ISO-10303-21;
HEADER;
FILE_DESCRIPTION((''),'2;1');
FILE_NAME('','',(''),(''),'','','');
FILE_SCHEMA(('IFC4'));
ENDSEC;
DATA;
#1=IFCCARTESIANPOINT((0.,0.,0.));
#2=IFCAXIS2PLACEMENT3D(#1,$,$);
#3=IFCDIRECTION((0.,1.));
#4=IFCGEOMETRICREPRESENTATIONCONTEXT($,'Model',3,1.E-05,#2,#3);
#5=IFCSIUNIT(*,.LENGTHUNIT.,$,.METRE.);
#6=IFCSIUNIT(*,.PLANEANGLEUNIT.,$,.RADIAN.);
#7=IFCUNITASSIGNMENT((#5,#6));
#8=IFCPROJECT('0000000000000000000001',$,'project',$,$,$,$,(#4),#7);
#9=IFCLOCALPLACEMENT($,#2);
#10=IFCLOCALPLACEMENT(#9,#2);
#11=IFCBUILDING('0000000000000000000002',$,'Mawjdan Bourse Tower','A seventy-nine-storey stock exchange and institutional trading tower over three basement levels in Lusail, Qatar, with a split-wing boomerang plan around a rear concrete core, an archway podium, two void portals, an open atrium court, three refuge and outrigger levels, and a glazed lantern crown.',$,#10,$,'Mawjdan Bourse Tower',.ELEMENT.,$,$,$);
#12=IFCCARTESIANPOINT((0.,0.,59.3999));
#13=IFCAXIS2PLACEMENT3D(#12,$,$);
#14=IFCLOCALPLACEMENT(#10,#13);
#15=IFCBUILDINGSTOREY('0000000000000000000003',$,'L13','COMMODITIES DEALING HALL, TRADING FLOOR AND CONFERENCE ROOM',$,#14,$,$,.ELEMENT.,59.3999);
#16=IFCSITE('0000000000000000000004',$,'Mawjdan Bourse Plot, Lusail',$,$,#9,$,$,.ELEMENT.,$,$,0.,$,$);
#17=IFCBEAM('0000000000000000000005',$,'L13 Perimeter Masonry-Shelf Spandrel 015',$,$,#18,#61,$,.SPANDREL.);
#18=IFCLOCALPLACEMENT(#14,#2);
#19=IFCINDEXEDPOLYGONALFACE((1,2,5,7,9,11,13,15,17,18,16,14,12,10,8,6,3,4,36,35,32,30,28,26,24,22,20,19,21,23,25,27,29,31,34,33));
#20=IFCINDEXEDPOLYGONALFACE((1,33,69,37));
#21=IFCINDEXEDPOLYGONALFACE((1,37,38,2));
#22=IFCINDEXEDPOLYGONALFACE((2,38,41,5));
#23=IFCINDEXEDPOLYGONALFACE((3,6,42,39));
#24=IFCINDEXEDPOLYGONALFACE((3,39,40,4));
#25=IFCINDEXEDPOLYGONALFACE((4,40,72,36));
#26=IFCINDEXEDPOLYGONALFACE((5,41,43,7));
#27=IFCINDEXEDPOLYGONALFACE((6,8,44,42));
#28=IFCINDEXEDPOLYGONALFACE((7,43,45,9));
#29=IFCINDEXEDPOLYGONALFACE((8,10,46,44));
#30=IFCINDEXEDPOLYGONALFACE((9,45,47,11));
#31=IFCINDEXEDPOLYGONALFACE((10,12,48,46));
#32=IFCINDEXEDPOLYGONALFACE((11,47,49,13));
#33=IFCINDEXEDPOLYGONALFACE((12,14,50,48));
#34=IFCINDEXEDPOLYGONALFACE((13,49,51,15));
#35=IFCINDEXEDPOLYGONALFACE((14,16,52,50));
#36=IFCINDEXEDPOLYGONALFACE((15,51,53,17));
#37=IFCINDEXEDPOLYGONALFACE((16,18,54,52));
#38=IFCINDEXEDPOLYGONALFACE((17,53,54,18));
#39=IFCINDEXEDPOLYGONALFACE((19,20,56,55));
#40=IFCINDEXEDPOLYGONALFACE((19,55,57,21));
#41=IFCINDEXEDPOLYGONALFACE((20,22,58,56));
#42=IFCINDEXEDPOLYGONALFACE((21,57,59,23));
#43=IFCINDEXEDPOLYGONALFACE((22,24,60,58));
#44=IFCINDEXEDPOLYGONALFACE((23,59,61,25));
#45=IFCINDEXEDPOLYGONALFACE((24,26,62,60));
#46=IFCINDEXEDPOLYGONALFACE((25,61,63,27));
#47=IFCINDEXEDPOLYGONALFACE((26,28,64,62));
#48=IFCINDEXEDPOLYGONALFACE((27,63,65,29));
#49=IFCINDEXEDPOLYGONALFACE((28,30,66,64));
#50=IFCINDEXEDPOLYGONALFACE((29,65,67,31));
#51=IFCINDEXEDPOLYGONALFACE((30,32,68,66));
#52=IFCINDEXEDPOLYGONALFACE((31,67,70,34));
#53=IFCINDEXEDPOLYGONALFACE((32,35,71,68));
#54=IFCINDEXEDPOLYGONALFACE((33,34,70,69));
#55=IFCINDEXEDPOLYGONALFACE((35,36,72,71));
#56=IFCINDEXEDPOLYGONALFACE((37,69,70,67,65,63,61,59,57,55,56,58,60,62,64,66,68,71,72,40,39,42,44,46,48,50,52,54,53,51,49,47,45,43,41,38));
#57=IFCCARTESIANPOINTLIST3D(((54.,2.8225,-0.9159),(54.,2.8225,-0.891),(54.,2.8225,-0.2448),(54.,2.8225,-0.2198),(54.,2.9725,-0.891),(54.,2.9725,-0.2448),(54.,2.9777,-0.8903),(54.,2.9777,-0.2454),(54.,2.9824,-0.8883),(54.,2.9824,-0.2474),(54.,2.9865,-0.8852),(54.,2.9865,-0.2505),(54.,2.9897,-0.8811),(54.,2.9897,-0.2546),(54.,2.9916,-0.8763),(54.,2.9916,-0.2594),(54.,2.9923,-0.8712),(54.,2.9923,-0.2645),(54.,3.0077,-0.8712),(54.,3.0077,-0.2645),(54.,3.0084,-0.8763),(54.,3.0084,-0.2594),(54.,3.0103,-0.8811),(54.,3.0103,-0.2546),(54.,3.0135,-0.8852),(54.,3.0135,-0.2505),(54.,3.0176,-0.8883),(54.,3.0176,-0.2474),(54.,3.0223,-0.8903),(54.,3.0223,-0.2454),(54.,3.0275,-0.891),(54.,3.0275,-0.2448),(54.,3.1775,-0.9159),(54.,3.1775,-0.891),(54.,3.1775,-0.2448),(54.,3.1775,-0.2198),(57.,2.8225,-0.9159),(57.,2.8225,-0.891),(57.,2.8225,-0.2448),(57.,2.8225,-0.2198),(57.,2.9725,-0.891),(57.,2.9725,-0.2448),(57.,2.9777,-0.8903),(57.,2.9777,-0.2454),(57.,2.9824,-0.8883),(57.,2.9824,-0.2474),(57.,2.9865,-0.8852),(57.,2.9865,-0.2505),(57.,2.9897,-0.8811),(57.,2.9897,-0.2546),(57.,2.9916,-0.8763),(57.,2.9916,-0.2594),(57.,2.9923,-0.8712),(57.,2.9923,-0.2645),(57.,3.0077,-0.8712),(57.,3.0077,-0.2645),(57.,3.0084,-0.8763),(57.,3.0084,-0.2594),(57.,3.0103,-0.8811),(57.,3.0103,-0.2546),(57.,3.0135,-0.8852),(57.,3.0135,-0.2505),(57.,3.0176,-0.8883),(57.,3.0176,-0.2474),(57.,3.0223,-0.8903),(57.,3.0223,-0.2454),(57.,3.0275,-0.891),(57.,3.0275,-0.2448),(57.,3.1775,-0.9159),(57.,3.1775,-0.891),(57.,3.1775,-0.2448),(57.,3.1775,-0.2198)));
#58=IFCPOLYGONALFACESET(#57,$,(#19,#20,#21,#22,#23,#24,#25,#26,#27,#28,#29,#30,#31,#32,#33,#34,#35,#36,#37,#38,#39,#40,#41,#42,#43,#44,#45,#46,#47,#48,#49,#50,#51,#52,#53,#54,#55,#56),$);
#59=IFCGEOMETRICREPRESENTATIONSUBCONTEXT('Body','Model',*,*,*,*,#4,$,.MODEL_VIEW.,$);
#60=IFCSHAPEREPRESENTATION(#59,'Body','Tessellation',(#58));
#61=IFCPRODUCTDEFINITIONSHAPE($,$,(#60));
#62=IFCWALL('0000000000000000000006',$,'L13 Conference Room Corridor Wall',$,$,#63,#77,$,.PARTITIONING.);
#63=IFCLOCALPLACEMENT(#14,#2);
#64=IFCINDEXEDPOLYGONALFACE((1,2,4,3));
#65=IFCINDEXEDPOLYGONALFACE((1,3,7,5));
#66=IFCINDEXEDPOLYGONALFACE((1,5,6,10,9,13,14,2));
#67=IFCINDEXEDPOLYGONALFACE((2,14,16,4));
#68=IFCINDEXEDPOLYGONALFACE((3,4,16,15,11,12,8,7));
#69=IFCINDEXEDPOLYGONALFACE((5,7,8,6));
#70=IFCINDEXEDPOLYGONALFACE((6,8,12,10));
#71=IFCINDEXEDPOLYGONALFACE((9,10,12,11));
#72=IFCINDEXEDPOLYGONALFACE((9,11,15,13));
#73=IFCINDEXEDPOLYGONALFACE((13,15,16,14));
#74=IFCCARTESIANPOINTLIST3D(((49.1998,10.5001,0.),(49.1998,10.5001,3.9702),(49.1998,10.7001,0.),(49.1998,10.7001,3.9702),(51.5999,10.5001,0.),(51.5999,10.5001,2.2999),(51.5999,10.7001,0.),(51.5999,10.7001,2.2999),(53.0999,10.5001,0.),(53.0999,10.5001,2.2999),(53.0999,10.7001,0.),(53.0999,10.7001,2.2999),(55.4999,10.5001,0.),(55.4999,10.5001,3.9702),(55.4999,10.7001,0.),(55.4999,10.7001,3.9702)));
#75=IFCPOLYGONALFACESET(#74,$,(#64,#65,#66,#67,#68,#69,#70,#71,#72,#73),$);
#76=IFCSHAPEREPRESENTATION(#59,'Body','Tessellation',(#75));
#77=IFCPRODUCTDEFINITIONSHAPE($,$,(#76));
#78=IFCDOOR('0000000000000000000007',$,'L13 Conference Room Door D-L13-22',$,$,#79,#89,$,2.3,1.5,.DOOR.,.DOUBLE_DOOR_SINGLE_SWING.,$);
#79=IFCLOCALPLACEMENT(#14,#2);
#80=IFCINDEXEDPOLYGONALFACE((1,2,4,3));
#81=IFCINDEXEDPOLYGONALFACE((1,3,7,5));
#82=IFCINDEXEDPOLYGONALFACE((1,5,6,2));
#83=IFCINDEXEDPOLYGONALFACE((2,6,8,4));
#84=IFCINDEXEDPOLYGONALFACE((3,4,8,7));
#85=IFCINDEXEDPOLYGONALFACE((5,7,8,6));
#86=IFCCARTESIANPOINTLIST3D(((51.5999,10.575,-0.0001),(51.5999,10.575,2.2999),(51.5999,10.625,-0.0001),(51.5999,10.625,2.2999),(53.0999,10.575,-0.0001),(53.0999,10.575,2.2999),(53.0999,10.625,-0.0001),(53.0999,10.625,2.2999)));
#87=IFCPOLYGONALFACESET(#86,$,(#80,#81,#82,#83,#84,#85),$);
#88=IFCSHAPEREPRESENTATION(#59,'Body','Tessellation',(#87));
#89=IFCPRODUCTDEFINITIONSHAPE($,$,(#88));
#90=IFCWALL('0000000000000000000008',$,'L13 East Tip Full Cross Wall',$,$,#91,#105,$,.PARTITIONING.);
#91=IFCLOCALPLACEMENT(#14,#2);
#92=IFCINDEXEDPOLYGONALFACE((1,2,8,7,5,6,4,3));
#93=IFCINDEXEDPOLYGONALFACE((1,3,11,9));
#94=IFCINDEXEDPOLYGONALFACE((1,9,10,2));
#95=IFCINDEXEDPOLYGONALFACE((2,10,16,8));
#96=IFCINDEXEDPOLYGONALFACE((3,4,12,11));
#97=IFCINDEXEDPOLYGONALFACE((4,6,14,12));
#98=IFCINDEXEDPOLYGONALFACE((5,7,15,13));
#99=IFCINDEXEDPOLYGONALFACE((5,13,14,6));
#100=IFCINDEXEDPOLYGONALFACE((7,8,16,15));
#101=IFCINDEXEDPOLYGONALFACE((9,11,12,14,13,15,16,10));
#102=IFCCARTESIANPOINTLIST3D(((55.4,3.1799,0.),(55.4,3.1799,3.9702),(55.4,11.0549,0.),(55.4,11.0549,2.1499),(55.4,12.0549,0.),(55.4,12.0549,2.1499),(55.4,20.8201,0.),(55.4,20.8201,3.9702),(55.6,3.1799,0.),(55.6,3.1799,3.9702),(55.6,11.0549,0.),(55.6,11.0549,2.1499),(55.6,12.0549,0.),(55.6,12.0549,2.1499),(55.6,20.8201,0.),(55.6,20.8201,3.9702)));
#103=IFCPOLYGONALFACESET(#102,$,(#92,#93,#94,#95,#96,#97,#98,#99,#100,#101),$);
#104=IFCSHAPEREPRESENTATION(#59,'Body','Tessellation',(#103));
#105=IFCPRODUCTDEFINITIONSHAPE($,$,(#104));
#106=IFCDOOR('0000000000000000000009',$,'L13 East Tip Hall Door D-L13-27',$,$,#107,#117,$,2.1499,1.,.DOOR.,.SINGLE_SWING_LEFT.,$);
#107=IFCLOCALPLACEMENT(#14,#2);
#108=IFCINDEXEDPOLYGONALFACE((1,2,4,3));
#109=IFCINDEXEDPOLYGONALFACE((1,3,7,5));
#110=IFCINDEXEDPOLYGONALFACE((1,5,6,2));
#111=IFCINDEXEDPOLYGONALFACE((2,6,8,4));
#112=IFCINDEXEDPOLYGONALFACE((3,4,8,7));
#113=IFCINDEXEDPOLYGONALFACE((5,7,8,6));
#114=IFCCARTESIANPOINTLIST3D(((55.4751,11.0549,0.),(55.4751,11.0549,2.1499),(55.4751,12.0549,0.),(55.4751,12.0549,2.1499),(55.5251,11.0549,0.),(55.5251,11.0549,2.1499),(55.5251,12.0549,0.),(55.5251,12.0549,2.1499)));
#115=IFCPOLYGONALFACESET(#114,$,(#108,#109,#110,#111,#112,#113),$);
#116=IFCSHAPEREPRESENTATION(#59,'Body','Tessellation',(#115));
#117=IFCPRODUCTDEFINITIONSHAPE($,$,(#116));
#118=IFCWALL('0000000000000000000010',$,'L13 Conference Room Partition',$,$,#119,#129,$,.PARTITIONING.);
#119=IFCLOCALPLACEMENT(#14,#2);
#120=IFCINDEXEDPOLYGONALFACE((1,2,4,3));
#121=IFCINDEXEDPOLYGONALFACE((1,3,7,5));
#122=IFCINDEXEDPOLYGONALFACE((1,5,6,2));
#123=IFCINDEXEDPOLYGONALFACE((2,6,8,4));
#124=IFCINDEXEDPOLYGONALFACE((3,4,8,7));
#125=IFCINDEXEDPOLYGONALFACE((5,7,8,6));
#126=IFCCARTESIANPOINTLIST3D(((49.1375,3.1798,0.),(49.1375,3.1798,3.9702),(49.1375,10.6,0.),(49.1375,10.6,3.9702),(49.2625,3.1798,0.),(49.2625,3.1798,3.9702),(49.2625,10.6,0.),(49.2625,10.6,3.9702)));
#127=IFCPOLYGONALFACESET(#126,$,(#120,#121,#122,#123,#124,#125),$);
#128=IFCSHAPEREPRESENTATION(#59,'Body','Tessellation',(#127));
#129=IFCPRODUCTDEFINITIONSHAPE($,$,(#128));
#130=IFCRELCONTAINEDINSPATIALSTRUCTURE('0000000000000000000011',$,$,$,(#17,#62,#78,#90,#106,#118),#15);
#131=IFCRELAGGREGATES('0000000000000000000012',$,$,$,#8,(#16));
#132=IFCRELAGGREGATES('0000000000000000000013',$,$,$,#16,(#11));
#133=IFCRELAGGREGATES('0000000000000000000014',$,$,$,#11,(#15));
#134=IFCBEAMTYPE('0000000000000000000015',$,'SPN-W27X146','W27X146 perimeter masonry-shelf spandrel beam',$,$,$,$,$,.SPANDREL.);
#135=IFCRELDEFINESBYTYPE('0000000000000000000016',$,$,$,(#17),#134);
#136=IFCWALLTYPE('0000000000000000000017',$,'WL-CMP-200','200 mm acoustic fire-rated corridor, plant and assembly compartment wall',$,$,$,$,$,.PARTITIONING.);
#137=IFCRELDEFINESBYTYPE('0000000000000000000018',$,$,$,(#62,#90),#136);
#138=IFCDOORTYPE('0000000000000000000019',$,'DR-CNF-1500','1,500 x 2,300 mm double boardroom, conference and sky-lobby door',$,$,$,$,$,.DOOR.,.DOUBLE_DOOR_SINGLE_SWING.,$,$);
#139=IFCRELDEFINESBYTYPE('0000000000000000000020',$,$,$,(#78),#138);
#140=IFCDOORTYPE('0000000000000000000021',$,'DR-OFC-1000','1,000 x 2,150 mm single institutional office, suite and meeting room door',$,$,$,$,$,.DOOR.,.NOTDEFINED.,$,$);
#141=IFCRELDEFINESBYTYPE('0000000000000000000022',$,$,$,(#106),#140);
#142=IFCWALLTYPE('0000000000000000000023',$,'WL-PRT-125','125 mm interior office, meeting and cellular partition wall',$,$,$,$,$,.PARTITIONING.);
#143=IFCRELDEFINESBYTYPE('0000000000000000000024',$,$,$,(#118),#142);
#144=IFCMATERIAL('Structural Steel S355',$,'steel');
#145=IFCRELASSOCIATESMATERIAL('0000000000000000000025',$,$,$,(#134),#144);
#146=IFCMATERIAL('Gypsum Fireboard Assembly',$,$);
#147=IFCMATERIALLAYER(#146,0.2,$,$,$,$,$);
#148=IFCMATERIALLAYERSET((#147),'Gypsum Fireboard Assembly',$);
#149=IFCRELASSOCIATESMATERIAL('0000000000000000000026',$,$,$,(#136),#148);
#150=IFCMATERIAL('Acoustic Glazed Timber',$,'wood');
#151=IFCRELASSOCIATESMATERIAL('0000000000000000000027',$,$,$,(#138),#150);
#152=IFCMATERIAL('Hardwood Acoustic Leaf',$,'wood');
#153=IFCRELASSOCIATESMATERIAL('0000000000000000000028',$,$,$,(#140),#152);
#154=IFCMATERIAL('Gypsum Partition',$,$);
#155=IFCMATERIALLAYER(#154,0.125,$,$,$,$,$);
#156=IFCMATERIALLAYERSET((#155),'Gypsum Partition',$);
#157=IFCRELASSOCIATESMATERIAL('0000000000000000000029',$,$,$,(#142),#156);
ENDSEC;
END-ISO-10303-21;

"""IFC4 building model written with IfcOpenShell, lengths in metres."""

from ifc_helpers import new_model, si_unit, direction, frame, frame_2d, origin, origin_2d, place, context, subcontext, project, spatial, rectangle, i_section, extrude, material, layer, layer_set, material_profile, profile_set, type_object, element, fill, save


model = new_model("IFC4")

# Units and contexts
model_context = context("Model", 3, precision=1e-05, world=origin(), true_north=direction((0.0, 1.0)))
body_context = subcontext(model_context, "Body", "Model", "MODEL_VIEW")
ifc_project = project(units=[si_unit("LENGTHUNIT", "METRE"), si_unit("PLANEANGLEUNIT", "RADIAN")], contexts=[model_context])

# Site, building, storey
site_placement = place(None, origin())
site = spatial("IfcSite", under=ifc_project, at=site_placement, Name="Mawjdan Bourse Plot, Lusail", CompositionType="ELEMENT", RefElevation=0.0)
building_placement = place(site_placement, origin())
building = spatial("IfcBuilding", under=site, at=building_placement, Name="Mawjdan Bourse Tower", Description="A seventy-nine-storey stock exchange and institutional trading tower over three basement levels in Lusail, Qatar, with a split-wing boomerang plan around a rear concrete core, an archway podium, two void portals, an open atrium court, three refuge and outrigger levels, and a glazed lantern crown.", LongName="Mawjdan Bourse Tower", CompositionType="ELEMENT")
storey_placement = place(building_placement, frame((0.0, 0.0, 59.3999)))
storey = spatial("IfcBuildingStorey", under=building, at=storey_placement, Name="L13", Description="COMMODITIES DEALING HALL, TRADING FLOOR AND CONFERENCE ROOM", CompositionType="ELEMENT", Elevation=59.3999)

# Beam
ifc_material_1 = material(Name="Structural Steel S355", Category="steel")
ifc_material_profile_1 = material_profile(ifc_material_1, i_section(OverallWidth=0.355, OverallDepth=0.696, WebThickness=0.0154, FlangeThickness=0.0249, FilletRadius=0.0198, at=origin_2d()), Name="W27X146")
ifc_profile_set_1 = profile_set([ifc_material_profile_1], Name="Structural Steel S355")
beam_type_1 = type_object("IfcBeamType", Name="SPN-W27X146", Description="W27X146 perimeter masonry-shelf spandrel beam", PredefinedType="SPANDREL", material=ifc_profile_set_1)
for number, where, z_axis, x_axis, name in (
    (1, (54.0, 3.0, -0.5679), (1.0, 0.0, 0.0), (0.0, 1.0, 0.0), "L13 Perimeter Masonry-Shelf Spandrel 015"),
):
    element("IfcBeam", number, at=place(storey_placement, frame(where, z_axis=z_axis, x_axis=x_axis)), inside=storey, type_object=beam_type_1, Name=name, PredefinedType="SPANDREL", context=body_context, shape_type="SweptSolid", body=[
        extrude(i_section(OverallWidth=0.355, OverallDepth=0.696, WebThickness=0.0154, FlangeThickness=0.0249, FilletRadius=0.0198, at=origin_2d()), origin(), (0.0, 0.0, 1.0), 3.0),
    ])

# Walls, openings, doors
ifc_material_2 = material(Name="Gypsum Fireboard Assembly")
ifc_layer_1 = layer(ifc_material_2, 0.2)
ifc_layer_set_1 = layer_set([ifc_layer_1], Name="Gypsum Fireboard Assembly")
wall_type_1 = type_object("IfcWallType", Name="WL-CMP-200", Description="200 mm acoustic fire-rated corridor, plant and assembly compartment wall", PredefinedType="PARTITIONING", material=ifc_layer_set_1)
wall_1_placement = place(storey_placement, frame((49.2, 10.6001, 0.0), z_axis=(0.0, 0.0, 1.0), x_axis=(1.0, 0.0, 0.0)))
wall_1 = element("IfcWall", 2, at=wall_1_placement, inside=storey, type_object=wall_type_1, Name="L13 Conference Room Corridor Wall", PredefinedType="PARTITIONING", context=body_context, shape_type="SweptSolid", body=[
    extrude(rectangle(XDim=6.3, YDim=0.2, at=frame_2d((3.1499, 0.0))), origin(), (0.0, 0.0, 1.0), 3.9702),
])
opening_1_placement = place(wall_1_placement, frame((2.3999, 0.0, 0.0)))
opening_1 = element("IfcOpeningElement", 3, at=opening_1_placement, cuts=wall_1, PredefinedType="OPENING", context=body_context, shape_type="SweptSolid", body=[
    extrude(rectangle(XDim=1.5, YDim=2.3, at=frame_2d((0.75, 1.1499))), frame((0.0, 0.1099, 0.0), z_axis=(0.0, -1.0, 0.0), x_axis=(1.0, 0.0, 0.0)), (0.0, 0.0, 1.0), 0.22),
])
ifc_material_3 = material(Name="Acoustic Glazed Timber", Category="wood")
door_type_1 = type_object("IfcDoorType", Name="DR-CNF-1500", Description="1,500 x 2,300 mm double boardroom, conference and sky-lobby door", OperationType="DOUBLE_DOOR_SINGLE_SWING", PredefinedType="DOOR", material=ifc_material_3)
door_1_placement = place(opening_1_placement, origin())
door_1 = element("IfcDoor", 4, at=door_1_placement, inside=storey, type_object=door_type_1, Name="L13 Conference Room Door D-L13-22", OperationType="DOUBLE_DOOR_SINGLE_SWING", OverallHeight=2.3, OverallWidth=1.5, PredefinedType="DOOR", context=body_context, shape_type="SweptSolid", body=[
    extrude(rectangle(XDim=1.5, YDim=2.3, at=frame_2d((0.75, 1.1499))), frame((0.0, 0.0249, 0.0), z_axis=(0.0, -1.0, 0.0), x_axis=(1.0, 0.0, 0.0)), (0.0, 0.0, 1.0), 0.05),
])
fill(opening_1, door_1)
wall_2_placement = place(storey_placement, frame((55.5, 3.1799, 0.0), z_axis=(0.0, 0.0, 1.0), x_axis=(0.0, 1.0, 0.0)))
wall_2 = element("IfcWall", 5, at=wall_2_placement, inside=storey, type_object=wall_type_1, Name="L13 East Tip Full Cross Wall", PredefinedType="PARTITIONING", context=body_context, shape_type="SweptSolid", body=[
    extrude(rectangle(XDim=17.6401, YDim=0.2, at=frame_2d((8.8201, 0.0))), origin(), (0.0, 0.0, 1.0), 3.9702),
])
opening_2_placement = place(wall_2_placement, frame((7.875, 0.0, 0.0)))
opening_2 = element("IfcOpeningElement", 6, at=opening_2_placement, cuts=wall_2, PredefinedType="OPENING", context=body_context, shape_type="SweptSolid", body=[
    extrude(rectangle(XDim=1.0, YDim=2.1499, at=frame_2d((0.5, 1.075))), frame((0.0, 0.1099, 0.0), z_axis=(0.0, -1.0, 0.0), x_axis=(1.0, 0.0, 0.0)), (0.0, 0.0, 1.0), 0.22),
])
ifc_material_4 = material(Name="Hardwood Acoustic Leaf", Category="wood")
door_type_2 = type_object("IfcDoorType", Name="DR-OFC-1000", Description="1,000 x 2,150 mm single institutional office, suite and meeting room door", OperationType="NOTDEFINED", PredefinedType="DOOR", material=ifc_material_4)
door_2_placement = place(opening_2_placement, origin())
door_2 = element("IfcDoor", 7, at=door_2_placement, inside=storey, type_object=door_type_2, Name="L13 East Tip Hall Door D-L13-27", OperationType="SINGLE_SWING_LEFT", OverallHeight=2.1499, OverallWidth=1.0, PredefinedType="DOOR", context=body_context, shape_type="SweptSolid", body=[
    extrude(rectangle(XDim=1.0, YDim=2.1499, at=frame_2d((0.5, 1.075))), frame((0.0, 0.0249, 0.0), z_axis=(0.0, -1.0, 0.0), x_axis=(1.0, 0.0, 0.0)), (0.0, 0.0, 1.0), 0.05),
])
fill(opening_2, door_2)

# Wall
ifc_material_5 = material(Name="Gypsum Partition")
ifc_layer_2 = layer(ifc_material_5, 0.125)
ifc_layer_set_2 = layer_set([ifc_layer_2], Name="Gypsum Partition")
wall_type_2 = type_object("IfcWallType", Name="WL-PRT-125", Description="125 mm interior office, meeting and cellular partition wall", PredefinedType="PARTITIONING", material=ifc_layer_set_2)
wall_3_placement = place(storey_placement, frame((49.2, 3.1799, 0.0), z_axis=(0.0, 0.0, 1.0), x_axis=(0.0, 1.0, 0.0)))
element("IfcWall", 8, at=wall_3_placement, inside=storey, type_object=wall_type_2, Name="L13 Conference Room Partition", PredefinedType="PARTITIONING", context=body_context, shape_type="SweptSolid", body=[
    extrude(rectangle(XDim=7.4202, YDim=0.125, at=frame_2d((3.71, 0.0))), origin(), (0.0, 0.0, 1.0), 3.9702),
])

save(model, "model.ifc")
